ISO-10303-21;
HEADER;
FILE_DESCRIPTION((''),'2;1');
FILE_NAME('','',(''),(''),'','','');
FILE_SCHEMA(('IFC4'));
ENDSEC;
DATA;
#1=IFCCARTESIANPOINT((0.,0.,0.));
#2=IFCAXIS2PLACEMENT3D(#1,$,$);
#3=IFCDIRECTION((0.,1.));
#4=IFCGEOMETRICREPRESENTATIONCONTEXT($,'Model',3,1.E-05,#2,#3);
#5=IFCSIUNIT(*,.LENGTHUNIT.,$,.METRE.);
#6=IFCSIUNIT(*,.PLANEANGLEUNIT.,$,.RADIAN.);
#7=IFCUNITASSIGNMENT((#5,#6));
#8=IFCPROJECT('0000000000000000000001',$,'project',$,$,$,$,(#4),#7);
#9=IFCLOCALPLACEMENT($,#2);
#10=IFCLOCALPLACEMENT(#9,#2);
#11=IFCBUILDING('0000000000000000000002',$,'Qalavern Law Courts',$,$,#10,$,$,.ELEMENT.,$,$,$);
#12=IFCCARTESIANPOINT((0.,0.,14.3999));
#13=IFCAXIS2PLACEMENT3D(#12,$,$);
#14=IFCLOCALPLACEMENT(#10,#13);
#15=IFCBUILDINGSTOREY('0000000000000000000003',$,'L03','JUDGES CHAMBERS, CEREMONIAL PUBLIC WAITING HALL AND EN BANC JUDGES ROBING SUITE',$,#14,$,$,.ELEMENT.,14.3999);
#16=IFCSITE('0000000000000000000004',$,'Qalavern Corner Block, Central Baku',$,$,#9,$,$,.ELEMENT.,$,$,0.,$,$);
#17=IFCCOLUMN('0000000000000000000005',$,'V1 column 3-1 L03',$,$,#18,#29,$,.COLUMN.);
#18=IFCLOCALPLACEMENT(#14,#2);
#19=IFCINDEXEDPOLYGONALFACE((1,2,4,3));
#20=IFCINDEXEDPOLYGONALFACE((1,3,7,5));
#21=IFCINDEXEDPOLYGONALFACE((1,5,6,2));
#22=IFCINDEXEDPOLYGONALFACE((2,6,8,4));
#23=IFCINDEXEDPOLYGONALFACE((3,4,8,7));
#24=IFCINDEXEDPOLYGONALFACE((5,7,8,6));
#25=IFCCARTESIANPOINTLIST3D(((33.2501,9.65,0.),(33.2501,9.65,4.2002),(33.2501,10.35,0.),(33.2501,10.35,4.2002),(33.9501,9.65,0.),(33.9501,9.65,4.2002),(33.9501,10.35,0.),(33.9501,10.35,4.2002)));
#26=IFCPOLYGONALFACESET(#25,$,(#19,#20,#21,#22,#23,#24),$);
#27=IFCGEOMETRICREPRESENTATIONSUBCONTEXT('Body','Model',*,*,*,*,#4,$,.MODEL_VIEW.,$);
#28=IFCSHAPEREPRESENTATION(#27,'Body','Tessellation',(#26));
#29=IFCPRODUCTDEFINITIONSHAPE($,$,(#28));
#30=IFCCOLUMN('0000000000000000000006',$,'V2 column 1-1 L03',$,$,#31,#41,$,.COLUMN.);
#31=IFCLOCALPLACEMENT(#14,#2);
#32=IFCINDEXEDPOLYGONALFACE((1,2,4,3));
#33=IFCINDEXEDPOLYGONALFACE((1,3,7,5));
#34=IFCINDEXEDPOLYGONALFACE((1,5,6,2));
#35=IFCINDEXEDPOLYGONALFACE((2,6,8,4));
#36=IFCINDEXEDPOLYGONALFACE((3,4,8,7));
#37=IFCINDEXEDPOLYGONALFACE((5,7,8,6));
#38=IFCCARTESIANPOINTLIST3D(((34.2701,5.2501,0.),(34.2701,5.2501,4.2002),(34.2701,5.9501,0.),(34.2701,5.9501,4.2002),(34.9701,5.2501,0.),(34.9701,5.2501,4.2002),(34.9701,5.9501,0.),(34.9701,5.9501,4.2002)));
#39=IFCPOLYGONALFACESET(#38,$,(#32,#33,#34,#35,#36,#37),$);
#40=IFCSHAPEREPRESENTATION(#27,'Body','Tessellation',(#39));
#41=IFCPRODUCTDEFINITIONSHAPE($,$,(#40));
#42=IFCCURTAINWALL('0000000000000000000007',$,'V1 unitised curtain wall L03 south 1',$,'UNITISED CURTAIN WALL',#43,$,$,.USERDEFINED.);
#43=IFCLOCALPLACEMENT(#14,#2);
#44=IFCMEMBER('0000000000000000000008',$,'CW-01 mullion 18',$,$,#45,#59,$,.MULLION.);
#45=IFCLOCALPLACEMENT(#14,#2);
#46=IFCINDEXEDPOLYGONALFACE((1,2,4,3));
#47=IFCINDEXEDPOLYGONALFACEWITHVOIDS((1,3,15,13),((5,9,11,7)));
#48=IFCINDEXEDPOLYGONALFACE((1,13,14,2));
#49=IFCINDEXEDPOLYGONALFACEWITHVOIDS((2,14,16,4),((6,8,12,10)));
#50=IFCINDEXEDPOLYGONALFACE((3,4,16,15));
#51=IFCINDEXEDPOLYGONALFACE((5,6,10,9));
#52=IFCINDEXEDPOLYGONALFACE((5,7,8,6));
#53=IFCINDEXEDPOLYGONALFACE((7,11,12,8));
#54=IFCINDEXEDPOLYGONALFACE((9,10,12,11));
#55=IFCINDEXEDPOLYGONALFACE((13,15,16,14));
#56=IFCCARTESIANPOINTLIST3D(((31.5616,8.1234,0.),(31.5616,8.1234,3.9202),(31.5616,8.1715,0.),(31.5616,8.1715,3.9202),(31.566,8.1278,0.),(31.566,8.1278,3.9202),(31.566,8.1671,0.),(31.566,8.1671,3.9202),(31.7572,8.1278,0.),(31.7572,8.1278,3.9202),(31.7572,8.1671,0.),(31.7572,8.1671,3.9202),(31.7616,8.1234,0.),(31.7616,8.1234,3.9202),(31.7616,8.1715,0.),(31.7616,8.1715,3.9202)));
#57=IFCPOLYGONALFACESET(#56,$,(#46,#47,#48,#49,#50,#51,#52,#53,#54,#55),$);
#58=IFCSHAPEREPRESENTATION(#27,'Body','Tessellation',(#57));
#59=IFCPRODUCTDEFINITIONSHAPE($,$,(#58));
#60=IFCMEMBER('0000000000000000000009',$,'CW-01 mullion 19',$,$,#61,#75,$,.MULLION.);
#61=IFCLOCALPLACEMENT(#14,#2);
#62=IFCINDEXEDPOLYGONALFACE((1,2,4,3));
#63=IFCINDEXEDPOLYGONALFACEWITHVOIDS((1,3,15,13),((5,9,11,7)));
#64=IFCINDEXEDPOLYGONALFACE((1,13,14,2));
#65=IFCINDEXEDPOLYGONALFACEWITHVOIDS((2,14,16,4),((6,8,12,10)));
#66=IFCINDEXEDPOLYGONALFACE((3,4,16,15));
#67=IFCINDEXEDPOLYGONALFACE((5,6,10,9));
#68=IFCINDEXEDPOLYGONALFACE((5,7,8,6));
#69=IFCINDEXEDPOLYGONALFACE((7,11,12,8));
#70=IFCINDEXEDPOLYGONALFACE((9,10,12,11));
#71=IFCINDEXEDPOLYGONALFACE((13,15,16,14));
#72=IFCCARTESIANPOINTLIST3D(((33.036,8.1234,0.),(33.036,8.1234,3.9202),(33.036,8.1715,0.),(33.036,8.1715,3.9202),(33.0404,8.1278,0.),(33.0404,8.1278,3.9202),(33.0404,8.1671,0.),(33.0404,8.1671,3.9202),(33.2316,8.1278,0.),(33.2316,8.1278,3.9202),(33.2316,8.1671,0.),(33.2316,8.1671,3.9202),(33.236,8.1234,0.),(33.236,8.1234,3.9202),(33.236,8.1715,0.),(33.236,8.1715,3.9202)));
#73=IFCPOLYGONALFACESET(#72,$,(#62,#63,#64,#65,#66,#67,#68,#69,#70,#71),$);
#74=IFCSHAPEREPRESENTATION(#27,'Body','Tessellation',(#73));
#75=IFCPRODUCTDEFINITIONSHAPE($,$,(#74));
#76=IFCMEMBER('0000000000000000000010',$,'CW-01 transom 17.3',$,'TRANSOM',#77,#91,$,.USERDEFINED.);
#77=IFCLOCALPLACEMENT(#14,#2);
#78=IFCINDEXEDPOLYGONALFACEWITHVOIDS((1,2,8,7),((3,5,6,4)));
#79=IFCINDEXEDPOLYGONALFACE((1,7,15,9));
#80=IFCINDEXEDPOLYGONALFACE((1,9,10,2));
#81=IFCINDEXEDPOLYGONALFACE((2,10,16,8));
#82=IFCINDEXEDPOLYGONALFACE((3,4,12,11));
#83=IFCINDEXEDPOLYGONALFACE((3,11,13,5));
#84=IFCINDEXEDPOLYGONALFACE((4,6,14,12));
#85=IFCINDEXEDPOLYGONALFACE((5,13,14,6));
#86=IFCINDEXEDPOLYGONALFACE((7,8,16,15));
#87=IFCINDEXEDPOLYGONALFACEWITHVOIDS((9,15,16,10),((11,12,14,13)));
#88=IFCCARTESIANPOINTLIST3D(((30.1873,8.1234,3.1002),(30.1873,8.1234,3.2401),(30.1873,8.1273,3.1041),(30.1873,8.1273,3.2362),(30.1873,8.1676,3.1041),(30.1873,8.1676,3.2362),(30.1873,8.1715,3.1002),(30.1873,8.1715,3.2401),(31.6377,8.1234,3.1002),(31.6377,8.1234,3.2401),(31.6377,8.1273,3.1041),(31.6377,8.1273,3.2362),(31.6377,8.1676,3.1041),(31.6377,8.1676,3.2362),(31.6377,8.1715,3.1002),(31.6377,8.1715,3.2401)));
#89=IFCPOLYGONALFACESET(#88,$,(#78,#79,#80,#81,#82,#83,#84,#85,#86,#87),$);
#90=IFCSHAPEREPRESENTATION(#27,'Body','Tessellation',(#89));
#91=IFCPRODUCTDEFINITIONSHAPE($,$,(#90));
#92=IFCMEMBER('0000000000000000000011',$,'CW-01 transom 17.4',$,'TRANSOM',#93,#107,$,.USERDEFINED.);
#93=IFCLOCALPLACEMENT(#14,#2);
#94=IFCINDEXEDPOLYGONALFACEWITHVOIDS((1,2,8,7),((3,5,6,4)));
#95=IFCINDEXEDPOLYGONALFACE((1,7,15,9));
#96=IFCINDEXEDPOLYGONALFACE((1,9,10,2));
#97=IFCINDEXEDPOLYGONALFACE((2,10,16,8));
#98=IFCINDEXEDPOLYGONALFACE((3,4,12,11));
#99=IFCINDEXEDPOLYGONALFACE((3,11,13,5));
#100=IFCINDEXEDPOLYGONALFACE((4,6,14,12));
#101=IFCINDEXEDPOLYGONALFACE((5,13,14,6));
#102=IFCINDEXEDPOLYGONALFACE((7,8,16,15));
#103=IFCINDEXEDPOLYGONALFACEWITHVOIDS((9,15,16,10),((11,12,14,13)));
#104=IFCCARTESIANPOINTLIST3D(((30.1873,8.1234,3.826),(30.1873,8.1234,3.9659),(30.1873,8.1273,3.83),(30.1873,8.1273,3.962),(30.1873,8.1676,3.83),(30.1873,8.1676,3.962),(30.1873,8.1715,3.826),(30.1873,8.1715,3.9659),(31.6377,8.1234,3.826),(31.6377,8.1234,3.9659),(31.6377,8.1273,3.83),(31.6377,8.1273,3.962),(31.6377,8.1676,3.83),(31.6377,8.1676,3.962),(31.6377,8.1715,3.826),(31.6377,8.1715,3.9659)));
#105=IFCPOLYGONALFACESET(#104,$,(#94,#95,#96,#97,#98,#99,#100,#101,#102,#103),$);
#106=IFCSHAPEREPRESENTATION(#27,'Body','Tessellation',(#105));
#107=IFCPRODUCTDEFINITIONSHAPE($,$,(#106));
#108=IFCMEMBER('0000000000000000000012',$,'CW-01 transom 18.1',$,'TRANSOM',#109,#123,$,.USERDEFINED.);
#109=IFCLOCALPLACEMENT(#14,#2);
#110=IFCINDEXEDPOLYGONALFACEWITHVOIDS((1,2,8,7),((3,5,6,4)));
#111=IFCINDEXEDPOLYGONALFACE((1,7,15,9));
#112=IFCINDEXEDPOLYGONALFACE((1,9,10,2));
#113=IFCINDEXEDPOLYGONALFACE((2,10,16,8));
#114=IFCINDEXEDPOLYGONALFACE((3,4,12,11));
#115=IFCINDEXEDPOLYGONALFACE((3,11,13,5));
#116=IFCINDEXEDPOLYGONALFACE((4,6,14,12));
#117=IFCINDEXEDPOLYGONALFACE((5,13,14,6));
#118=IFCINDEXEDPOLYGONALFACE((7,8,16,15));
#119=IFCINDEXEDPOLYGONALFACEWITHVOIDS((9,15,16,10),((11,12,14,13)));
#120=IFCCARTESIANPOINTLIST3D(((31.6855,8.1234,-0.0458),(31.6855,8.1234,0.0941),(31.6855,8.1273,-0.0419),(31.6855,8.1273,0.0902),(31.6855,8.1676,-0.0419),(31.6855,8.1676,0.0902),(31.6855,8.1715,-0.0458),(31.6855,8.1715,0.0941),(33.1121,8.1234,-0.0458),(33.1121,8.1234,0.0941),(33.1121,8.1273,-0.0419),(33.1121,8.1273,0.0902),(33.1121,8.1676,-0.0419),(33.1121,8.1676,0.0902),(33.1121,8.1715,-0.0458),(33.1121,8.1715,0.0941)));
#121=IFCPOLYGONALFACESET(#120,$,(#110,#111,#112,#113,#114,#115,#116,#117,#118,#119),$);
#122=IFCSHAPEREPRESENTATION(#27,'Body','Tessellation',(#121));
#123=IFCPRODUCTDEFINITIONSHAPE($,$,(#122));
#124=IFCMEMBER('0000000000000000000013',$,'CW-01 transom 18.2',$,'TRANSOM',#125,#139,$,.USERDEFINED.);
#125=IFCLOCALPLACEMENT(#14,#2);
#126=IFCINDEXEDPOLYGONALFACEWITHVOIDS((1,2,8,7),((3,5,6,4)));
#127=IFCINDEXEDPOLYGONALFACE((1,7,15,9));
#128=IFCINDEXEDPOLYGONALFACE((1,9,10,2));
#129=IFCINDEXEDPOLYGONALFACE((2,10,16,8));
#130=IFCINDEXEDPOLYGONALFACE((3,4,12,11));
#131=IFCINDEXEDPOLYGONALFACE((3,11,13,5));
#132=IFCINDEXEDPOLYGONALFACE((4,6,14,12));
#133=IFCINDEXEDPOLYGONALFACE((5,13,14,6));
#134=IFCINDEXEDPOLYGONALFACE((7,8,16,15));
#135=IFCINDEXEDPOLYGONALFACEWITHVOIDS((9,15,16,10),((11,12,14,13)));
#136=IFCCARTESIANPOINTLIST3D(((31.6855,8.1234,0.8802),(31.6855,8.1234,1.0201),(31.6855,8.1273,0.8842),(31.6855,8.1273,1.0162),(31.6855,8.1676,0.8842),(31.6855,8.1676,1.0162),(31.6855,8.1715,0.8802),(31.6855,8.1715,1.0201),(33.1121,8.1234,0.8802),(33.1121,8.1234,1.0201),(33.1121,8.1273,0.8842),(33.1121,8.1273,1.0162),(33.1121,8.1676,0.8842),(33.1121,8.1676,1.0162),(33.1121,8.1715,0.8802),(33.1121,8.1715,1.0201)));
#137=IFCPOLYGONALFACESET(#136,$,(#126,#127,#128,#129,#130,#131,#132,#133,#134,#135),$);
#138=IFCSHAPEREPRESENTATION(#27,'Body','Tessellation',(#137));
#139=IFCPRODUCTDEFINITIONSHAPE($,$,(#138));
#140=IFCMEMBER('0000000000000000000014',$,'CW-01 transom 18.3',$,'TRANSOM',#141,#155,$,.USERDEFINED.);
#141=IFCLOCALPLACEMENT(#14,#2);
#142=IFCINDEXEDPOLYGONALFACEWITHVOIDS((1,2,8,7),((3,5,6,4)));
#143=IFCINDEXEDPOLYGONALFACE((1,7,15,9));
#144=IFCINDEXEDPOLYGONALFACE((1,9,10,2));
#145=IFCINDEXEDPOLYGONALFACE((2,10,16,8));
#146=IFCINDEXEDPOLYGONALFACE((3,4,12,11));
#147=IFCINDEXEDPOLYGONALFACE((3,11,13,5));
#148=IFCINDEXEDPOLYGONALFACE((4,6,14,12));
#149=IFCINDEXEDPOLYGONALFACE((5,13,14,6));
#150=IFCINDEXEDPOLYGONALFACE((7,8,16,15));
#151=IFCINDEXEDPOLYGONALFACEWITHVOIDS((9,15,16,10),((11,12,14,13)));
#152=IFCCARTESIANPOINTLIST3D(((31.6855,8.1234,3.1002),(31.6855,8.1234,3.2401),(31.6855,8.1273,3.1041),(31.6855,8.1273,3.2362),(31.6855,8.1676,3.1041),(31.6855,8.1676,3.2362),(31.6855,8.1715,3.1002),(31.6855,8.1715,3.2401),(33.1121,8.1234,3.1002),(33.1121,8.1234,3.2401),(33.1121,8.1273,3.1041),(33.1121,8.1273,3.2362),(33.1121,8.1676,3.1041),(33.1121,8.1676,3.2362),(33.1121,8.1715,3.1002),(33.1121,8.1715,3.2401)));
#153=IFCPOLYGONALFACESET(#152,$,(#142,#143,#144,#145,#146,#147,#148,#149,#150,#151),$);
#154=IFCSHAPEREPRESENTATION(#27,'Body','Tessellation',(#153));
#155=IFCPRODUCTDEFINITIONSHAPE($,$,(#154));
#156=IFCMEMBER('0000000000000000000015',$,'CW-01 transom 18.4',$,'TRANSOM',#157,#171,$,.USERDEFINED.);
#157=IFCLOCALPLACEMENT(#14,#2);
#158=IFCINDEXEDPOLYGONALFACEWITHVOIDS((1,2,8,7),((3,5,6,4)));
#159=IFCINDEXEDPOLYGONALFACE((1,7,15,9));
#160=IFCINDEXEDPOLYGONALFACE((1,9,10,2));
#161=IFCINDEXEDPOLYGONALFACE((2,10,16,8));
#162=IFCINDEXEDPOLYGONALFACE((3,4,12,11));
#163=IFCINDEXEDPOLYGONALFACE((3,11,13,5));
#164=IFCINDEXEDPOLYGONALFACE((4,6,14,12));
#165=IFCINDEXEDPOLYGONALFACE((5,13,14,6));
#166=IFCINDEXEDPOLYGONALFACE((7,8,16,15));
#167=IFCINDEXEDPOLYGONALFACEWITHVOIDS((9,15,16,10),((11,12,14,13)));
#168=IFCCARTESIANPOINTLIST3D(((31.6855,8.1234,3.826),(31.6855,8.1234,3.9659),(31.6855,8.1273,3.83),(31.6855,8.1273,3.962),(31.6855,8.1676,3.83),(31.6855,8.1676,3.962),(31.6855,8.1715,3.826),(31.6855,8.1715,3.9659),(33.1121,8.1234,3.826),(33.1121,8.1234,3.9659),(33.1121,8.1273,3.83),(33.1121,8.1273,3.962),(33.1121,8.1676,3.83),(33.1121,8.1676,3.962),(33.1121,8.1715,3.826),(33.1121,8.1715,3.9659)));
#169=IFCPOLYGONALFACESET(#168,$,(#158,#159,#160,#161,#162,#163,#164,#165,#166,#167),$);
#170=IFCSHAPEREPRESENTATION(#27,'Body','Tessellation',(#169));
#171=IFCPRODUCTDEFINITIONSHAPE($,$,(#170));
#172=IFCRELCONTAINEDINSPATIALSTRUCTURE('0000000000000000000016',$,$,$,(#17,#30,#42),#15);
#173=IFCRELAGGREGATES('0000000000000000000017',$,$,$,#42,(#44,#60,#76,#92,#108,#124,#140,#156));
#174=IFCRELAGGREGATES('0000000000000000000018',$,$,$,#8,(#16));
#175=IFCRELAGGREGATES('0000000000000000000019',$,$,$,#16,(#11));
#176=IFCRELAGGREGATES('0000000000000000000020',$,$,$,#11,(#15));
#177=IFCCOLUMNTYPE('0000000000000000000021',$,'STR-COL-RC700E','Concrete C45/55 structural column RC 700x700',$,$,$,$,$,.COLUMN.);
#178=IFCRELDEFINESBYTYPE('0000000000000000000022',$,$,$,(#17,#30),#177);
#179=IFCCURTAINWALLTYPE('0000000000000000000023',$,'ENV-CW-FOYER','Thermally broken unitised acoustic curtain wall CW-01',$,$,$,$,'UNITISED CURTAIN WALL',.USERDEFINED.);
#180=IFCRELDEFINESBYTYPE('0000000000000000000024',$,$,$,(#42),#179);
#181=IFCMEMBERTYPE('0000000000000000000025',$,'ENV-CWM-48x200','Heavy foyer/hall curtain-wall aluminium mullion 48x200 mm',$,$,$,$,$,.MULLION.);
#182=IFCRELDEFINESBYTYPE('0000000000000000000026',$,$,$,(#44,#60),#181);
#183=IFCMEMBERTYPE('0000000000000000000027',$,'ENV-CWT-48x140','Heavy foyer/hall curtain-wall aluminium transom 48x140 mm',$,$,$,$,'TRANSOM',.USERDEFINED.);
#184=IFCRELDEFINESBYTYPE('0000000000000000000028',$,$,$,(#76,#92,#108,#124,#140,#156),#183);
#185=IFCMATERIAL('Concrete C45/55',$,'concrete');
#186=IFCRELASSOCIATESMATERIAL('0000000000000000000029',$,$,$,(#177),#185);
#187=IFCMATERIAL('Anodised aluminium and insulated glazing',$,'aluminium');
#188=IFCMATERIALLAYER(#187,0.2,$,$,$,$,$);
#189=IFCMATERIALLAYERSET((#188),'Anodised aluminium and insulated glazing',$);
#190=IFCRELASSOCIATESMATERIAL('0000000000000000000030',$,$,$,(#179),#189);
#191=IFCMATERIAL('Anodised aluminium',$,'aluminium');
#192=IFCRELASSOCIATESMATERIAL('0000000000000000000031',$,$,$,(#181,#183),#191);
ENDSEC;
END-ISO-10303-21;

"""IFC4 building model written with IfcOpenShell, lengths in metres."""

from ifc_helpers import new_model, si_unit, direction, frame, origin, origin_2d, place, context, subcontext, project, spatial, rectangle, hollow_rectangle, extrude, material, layer, layer_set, material_profile, profile_set, type_object, element, aggregate, save


model = new_model("IFC4")

# Units and contexts
model_context = context("Model", 3, precision=1e-05, world=origin(), true_north=direction((0.0, 1.0)))
body_context = subcontext(model_context, "Body", "Model", "MODEL_VIEW")
ifc_project = project(units=[si_unit("LENGTHUNIT", "METRE"), si_unit("PLANEANGLEUNIT", "RADIAN")], contexts=[model_context])

# Site, building, storey
site_placement = place(None, origin())
site = spatial("IfcSite", under=ifc_project, at=site_placement, Name="Qalavern Corner Block, Central Baku", CompositionType="ELEMENT", RefElevation=0.0)
building_placement = place(site_placement, origin())
building = spatial("IfcBuilding", under=site, at=building_placement, Name="Qalavern Law Courts", CompositionType="ELEMENT")
storey_placement = place(building_placement, frame((0.0, 0.0, 14.3999)))
storey = spatial("IfcBuildingStorey", under=building, at=storey_placement, Name="L03", Description="JUDGES CHAMBERS, CEREMONIAL PUBLIC WAITING HALL AND EN BANC JUDGES ROBING SUITE", CompositionType="ELEMENT", Elevation=14.3999)

# Columns
ifc_material_1 = material(Name="Concrete C45/55", Category="concrete")
ifc_material_profile_1 = material_profile(ifc_material_1, rectangle(XDim=0.7, YDim=0.7, at=origin_2d()), Name="RC 700x700")
ifc_profile_set_1 = profile_set([ifc_material_profile_1], Name="Concrete C45/55")
column_type = type_object("IfcColumnType", Name="STR-COL-RC700E", Description="Concrete C45/55 structural column RC 700x700", PredefinedType="COLUMN", material=ifc_profile_set_1)
for number, where, z_axis, x_axis, name in (
    (1, (33.6001, 10.0, 0.0), (0.0, 0.0, 1.0), (1.0, 0.0, 0.0), "V1 column 3-1 L03"),
    (2, (34.6201, 5.6001, 0.0), (0.0, 0.0, 1.0), (1.0, 0.0, 0.0), "V2 column 1-1 L03"),
):
    element("IfcColumn", number, at=place(storey_placement, frame(where, z_axis=z_axis, x_axis=x_axis)), inside=storey, type_object=column_type, Name=name, PredefinedType="COLUMN", context=body_context, shape_type="SweptSolid", body=[
        extrude(rectangle(XDim=0.7, YDim=0.7, at=origin_2d()), origin(), (0.0, 0.0, 1.0), 4.2002),
    ])

# Curtain wall, members
ifc_material_2 = material(Name="Anodised aluminium and insulated glazing", Category="aluminium")
ifc_layer_1 = layer(ifc_material_2, 0.2)
ifc_layer_set_1 = layer_set([ifc_layer_1], Name="Anodised aluminium and insulated glazing")
curtain_wall_type = type_object("IfcCurtainWallType", Name="ENV-CW-FOYER", Description="Thermally broken unitised acoustic curtain wall CW-01", ElementType="UNITISED CURTAIN WALL", PredefinedType="USERDEFINED", material=ifc_layer_set_1)
curtain_wall_placement = place(storey_placement, origin())
curtain_wall = element("IfcCurtainWall", 3, at=curtain_wall_placement, inside=storey, type_object=curtain_wall_type, Name="V1 unitised curtain wall L03 south 1", ObjectType="UNITISED CURTAIN WALL", PredefinedType="USERDEFINED")
ifc_material_3 = material(Name="Anodised aluminium", Category="aluminium")
ifc_material_profile_2 = material_profile(ifc_material_3, hollow_rectangle(XDim=0.0481, YDim=0.2, WallThickness=0.0044, at=origin_2d()), Name="ALU MULLION 48x200")
ifc_profile_set_2 = profile_set([ifc_material_profile_2], Name="Anodised aluminium")
member_type_1 = type_object("IfcMemberType", Name="ENV-CWM-48x200", Description="Heavy foyer/hall curtain-wall aluminium mullion 48x200 mm", PredefinedType="MULLION", material=ifc_profile_set_2)
member_1_placement = place(storey_placement, frame((31.6616, 8.1475, 0.0), z_axis=(0.0, 0.0, 1.0), x_axis=(0.0, 1.0, 0.0)))
member_1 = element("IfcMember", 4, at=member_1_placement, type_object=member_type_1, Name="CW-01 mullion 18", PredefinedType="MULLION", context=body_context, shape_type="SweptSolid", body=[
    extrude(hollow_rectangle(XDim=0.0481, YDim=0.2, WallThickness=0.0044, at=origin_2d()), origin(), (0.0, 0.0, 1.0), 3.9202),
])
member_2_placement = place(storey_placement, frame((33.136, 8.1475, 0.0), z_axis=(0.0, 0.0, 1.0), x_axis=(0.0, 1.0, 0.0)))
member_2 = element("IfcMember", 5, at=member_2_placement, type_object=member_type_1, Name="CW-01 mullion 19", PredefinedType="MULLION", context=body_context, shape_type="SweptSolid", body=[
    extrude(hollow_rectangle(XDim=0.0481, YDim=0.2, WallThickness=0.0044, at=origin_2d()), origin(), (0.0, 0.0, 1.0), 3.9202),
])
ifc_material_profile_3 = material_profile(ifc_material_3, hollow_rectangle(XDim=0.0481, YDim=0.1399, WallThickness=0.0039, at=origin_2d()), Name="ALU TRANSOM 48x140")
ifc_profile_set_3 = profile_set([ifc_material_profile_3], Name="Anodised aluminium")
member_type_2 = type_object("IfcMemberType", Name="ENV-CWT-48x140", Description="Heavy foyer/hall curtain-wall aluminium transom 48x140 mm", ElementType="TRANSOM", PredefinedType="USERDEFINED", material=ifc_profile_set_3)
member_3_placement = place(storey_placement, frame((30.1873, 8.1475, 3.1702), z_axis=(1.0, 0.0, 0.0), x_axis=(0.0, 1.0, 0.0)))
member_3 = element("IfcMember", 6, at=member_3_placement, type_object=member_type_2, Name="CW-01 transom 17.3", ObjectType="TRANSOM", PredefinedType="USERDEFINED", context=body_context, shape_type="SweptSolid", body=[
    extrude(hollow_rectangle(XDim=0.0481, YDim=0.1399, WallThickness=0.0039, at=origin_2d()), origin(), (0.0, 0.0, 1.0), 1.4504),
])
member_4_placement = place(storey_placement, frame((30.1873, 8.1475, 3.896), z_axis=(1.0, 0.0, 0.0), x_axis=(0.0, 1.0, 0.0)))
member_4 = element("IfcMember", 7, at=member_4_placement, type_object=member_type_2, Name="CW-01 transom 17.4", ObjectType="TRANSOM", PredefinedType="USERDEFINED", context=body_context, shape_type="SweptSolid", body=[
    extrude(hollow_rectangle(XDim=0.0481, YDim=0.1399, WallThickness=0.0039, at=origin_2d()), origin(), (0.0, 0.0, 1.0), 1.4504),
])
member_5_placement = place(storey_placement, frame((31.6855, 8.1475, 0.0242), z_axis=(1.0, 0.0, 0.0), x_axis=(0.0, 1.0, 0.0)))
member_5 = element("IfcMember", 8, at=member_5_placement, type_object=member_type_2, Name="CW-01 transom 18.1", ObjectType="TRANSOM", PredefinedType="USERDEFINED", context=body_context, shape_type="SweptSolid", body=[
    extrude(hollow_rectangle(XDim=0.0481, YDim=0.1399, WallThickness=0.0039, at=origin_2d()), origin(), (0.0, 0.0, 1.0), 1.4265),
])
member_6_placement = place(storey_placement, frame((31.6855, 8.1475, 0.9502), z_axis=(1.0, 0.0, 0.0), x_axis=(0.0, 1.0, 0.0)))
member_6 = element("IfcMember", 9, at=member_6_placement, type_object=member_type_2, Name="CW-01 transom 18.2", ObjectType="TRANSOM", PredefinedType="USERDEFINED", context=body_context, shape_type="SweptSolid", body=[
    extrude(hollow_rectangle(XDim=0.0481, YDim=0.1399, WallThickness=0.0039, at=origin_2d()), origin(), (0.0, 0.0, 1.0), 1.4265),
])
member_7_placement = place(storey_placement, frame((31.6855, 8.1475, 3.1702), z_axis=(1.0, 0.0, 0.0), x_axis=(0.0, 1.0, 0.0)))
member_7 = element("IfcMember", 10, at=member_7_placement, type_object=member_type_2, Name="CW-01 transom 18.3", ObjectType="TRANSOM", PredefinedType="USERDEFINED", context=body_context, shape_type="SweptSolid", body=[
    extrude(hollow_rectangle(XDim=0.0481, YDim=0.1399, WallThickness=0.0039, at=origin_2d()), origin(), (0.0, 0.0, 1.0), 1.4265),
])
member_8_placement = place(storey_placement, frame((31.6855, 8.1475, 3.896), z_axis=(1.0, 0.0, 0.0), x_axis=(0.0, 1.0, 0.0)))
member_8 = element("IfcMember", 11, at=member_8_placement, type_object=member_type_2, Name="CW-01 transom 18.4", ObjectType="TRANSOM", PredefinedType="USERDEFINED", context=body_context, shape_type="SweptSolid", body=[
    extrude(hollow_rectangle(XDim=0.0481, YDim=0.1399, WallThickness=0.0039, at=origin_2d()), origin(), (0.0, 0.0, 1.0), 1.4265),
])

aggregate(curtain_wall, [member_1, member_2, member_3, member_4, member_5, member_6, member_7, member_8])

save(model, "model.ifc")
